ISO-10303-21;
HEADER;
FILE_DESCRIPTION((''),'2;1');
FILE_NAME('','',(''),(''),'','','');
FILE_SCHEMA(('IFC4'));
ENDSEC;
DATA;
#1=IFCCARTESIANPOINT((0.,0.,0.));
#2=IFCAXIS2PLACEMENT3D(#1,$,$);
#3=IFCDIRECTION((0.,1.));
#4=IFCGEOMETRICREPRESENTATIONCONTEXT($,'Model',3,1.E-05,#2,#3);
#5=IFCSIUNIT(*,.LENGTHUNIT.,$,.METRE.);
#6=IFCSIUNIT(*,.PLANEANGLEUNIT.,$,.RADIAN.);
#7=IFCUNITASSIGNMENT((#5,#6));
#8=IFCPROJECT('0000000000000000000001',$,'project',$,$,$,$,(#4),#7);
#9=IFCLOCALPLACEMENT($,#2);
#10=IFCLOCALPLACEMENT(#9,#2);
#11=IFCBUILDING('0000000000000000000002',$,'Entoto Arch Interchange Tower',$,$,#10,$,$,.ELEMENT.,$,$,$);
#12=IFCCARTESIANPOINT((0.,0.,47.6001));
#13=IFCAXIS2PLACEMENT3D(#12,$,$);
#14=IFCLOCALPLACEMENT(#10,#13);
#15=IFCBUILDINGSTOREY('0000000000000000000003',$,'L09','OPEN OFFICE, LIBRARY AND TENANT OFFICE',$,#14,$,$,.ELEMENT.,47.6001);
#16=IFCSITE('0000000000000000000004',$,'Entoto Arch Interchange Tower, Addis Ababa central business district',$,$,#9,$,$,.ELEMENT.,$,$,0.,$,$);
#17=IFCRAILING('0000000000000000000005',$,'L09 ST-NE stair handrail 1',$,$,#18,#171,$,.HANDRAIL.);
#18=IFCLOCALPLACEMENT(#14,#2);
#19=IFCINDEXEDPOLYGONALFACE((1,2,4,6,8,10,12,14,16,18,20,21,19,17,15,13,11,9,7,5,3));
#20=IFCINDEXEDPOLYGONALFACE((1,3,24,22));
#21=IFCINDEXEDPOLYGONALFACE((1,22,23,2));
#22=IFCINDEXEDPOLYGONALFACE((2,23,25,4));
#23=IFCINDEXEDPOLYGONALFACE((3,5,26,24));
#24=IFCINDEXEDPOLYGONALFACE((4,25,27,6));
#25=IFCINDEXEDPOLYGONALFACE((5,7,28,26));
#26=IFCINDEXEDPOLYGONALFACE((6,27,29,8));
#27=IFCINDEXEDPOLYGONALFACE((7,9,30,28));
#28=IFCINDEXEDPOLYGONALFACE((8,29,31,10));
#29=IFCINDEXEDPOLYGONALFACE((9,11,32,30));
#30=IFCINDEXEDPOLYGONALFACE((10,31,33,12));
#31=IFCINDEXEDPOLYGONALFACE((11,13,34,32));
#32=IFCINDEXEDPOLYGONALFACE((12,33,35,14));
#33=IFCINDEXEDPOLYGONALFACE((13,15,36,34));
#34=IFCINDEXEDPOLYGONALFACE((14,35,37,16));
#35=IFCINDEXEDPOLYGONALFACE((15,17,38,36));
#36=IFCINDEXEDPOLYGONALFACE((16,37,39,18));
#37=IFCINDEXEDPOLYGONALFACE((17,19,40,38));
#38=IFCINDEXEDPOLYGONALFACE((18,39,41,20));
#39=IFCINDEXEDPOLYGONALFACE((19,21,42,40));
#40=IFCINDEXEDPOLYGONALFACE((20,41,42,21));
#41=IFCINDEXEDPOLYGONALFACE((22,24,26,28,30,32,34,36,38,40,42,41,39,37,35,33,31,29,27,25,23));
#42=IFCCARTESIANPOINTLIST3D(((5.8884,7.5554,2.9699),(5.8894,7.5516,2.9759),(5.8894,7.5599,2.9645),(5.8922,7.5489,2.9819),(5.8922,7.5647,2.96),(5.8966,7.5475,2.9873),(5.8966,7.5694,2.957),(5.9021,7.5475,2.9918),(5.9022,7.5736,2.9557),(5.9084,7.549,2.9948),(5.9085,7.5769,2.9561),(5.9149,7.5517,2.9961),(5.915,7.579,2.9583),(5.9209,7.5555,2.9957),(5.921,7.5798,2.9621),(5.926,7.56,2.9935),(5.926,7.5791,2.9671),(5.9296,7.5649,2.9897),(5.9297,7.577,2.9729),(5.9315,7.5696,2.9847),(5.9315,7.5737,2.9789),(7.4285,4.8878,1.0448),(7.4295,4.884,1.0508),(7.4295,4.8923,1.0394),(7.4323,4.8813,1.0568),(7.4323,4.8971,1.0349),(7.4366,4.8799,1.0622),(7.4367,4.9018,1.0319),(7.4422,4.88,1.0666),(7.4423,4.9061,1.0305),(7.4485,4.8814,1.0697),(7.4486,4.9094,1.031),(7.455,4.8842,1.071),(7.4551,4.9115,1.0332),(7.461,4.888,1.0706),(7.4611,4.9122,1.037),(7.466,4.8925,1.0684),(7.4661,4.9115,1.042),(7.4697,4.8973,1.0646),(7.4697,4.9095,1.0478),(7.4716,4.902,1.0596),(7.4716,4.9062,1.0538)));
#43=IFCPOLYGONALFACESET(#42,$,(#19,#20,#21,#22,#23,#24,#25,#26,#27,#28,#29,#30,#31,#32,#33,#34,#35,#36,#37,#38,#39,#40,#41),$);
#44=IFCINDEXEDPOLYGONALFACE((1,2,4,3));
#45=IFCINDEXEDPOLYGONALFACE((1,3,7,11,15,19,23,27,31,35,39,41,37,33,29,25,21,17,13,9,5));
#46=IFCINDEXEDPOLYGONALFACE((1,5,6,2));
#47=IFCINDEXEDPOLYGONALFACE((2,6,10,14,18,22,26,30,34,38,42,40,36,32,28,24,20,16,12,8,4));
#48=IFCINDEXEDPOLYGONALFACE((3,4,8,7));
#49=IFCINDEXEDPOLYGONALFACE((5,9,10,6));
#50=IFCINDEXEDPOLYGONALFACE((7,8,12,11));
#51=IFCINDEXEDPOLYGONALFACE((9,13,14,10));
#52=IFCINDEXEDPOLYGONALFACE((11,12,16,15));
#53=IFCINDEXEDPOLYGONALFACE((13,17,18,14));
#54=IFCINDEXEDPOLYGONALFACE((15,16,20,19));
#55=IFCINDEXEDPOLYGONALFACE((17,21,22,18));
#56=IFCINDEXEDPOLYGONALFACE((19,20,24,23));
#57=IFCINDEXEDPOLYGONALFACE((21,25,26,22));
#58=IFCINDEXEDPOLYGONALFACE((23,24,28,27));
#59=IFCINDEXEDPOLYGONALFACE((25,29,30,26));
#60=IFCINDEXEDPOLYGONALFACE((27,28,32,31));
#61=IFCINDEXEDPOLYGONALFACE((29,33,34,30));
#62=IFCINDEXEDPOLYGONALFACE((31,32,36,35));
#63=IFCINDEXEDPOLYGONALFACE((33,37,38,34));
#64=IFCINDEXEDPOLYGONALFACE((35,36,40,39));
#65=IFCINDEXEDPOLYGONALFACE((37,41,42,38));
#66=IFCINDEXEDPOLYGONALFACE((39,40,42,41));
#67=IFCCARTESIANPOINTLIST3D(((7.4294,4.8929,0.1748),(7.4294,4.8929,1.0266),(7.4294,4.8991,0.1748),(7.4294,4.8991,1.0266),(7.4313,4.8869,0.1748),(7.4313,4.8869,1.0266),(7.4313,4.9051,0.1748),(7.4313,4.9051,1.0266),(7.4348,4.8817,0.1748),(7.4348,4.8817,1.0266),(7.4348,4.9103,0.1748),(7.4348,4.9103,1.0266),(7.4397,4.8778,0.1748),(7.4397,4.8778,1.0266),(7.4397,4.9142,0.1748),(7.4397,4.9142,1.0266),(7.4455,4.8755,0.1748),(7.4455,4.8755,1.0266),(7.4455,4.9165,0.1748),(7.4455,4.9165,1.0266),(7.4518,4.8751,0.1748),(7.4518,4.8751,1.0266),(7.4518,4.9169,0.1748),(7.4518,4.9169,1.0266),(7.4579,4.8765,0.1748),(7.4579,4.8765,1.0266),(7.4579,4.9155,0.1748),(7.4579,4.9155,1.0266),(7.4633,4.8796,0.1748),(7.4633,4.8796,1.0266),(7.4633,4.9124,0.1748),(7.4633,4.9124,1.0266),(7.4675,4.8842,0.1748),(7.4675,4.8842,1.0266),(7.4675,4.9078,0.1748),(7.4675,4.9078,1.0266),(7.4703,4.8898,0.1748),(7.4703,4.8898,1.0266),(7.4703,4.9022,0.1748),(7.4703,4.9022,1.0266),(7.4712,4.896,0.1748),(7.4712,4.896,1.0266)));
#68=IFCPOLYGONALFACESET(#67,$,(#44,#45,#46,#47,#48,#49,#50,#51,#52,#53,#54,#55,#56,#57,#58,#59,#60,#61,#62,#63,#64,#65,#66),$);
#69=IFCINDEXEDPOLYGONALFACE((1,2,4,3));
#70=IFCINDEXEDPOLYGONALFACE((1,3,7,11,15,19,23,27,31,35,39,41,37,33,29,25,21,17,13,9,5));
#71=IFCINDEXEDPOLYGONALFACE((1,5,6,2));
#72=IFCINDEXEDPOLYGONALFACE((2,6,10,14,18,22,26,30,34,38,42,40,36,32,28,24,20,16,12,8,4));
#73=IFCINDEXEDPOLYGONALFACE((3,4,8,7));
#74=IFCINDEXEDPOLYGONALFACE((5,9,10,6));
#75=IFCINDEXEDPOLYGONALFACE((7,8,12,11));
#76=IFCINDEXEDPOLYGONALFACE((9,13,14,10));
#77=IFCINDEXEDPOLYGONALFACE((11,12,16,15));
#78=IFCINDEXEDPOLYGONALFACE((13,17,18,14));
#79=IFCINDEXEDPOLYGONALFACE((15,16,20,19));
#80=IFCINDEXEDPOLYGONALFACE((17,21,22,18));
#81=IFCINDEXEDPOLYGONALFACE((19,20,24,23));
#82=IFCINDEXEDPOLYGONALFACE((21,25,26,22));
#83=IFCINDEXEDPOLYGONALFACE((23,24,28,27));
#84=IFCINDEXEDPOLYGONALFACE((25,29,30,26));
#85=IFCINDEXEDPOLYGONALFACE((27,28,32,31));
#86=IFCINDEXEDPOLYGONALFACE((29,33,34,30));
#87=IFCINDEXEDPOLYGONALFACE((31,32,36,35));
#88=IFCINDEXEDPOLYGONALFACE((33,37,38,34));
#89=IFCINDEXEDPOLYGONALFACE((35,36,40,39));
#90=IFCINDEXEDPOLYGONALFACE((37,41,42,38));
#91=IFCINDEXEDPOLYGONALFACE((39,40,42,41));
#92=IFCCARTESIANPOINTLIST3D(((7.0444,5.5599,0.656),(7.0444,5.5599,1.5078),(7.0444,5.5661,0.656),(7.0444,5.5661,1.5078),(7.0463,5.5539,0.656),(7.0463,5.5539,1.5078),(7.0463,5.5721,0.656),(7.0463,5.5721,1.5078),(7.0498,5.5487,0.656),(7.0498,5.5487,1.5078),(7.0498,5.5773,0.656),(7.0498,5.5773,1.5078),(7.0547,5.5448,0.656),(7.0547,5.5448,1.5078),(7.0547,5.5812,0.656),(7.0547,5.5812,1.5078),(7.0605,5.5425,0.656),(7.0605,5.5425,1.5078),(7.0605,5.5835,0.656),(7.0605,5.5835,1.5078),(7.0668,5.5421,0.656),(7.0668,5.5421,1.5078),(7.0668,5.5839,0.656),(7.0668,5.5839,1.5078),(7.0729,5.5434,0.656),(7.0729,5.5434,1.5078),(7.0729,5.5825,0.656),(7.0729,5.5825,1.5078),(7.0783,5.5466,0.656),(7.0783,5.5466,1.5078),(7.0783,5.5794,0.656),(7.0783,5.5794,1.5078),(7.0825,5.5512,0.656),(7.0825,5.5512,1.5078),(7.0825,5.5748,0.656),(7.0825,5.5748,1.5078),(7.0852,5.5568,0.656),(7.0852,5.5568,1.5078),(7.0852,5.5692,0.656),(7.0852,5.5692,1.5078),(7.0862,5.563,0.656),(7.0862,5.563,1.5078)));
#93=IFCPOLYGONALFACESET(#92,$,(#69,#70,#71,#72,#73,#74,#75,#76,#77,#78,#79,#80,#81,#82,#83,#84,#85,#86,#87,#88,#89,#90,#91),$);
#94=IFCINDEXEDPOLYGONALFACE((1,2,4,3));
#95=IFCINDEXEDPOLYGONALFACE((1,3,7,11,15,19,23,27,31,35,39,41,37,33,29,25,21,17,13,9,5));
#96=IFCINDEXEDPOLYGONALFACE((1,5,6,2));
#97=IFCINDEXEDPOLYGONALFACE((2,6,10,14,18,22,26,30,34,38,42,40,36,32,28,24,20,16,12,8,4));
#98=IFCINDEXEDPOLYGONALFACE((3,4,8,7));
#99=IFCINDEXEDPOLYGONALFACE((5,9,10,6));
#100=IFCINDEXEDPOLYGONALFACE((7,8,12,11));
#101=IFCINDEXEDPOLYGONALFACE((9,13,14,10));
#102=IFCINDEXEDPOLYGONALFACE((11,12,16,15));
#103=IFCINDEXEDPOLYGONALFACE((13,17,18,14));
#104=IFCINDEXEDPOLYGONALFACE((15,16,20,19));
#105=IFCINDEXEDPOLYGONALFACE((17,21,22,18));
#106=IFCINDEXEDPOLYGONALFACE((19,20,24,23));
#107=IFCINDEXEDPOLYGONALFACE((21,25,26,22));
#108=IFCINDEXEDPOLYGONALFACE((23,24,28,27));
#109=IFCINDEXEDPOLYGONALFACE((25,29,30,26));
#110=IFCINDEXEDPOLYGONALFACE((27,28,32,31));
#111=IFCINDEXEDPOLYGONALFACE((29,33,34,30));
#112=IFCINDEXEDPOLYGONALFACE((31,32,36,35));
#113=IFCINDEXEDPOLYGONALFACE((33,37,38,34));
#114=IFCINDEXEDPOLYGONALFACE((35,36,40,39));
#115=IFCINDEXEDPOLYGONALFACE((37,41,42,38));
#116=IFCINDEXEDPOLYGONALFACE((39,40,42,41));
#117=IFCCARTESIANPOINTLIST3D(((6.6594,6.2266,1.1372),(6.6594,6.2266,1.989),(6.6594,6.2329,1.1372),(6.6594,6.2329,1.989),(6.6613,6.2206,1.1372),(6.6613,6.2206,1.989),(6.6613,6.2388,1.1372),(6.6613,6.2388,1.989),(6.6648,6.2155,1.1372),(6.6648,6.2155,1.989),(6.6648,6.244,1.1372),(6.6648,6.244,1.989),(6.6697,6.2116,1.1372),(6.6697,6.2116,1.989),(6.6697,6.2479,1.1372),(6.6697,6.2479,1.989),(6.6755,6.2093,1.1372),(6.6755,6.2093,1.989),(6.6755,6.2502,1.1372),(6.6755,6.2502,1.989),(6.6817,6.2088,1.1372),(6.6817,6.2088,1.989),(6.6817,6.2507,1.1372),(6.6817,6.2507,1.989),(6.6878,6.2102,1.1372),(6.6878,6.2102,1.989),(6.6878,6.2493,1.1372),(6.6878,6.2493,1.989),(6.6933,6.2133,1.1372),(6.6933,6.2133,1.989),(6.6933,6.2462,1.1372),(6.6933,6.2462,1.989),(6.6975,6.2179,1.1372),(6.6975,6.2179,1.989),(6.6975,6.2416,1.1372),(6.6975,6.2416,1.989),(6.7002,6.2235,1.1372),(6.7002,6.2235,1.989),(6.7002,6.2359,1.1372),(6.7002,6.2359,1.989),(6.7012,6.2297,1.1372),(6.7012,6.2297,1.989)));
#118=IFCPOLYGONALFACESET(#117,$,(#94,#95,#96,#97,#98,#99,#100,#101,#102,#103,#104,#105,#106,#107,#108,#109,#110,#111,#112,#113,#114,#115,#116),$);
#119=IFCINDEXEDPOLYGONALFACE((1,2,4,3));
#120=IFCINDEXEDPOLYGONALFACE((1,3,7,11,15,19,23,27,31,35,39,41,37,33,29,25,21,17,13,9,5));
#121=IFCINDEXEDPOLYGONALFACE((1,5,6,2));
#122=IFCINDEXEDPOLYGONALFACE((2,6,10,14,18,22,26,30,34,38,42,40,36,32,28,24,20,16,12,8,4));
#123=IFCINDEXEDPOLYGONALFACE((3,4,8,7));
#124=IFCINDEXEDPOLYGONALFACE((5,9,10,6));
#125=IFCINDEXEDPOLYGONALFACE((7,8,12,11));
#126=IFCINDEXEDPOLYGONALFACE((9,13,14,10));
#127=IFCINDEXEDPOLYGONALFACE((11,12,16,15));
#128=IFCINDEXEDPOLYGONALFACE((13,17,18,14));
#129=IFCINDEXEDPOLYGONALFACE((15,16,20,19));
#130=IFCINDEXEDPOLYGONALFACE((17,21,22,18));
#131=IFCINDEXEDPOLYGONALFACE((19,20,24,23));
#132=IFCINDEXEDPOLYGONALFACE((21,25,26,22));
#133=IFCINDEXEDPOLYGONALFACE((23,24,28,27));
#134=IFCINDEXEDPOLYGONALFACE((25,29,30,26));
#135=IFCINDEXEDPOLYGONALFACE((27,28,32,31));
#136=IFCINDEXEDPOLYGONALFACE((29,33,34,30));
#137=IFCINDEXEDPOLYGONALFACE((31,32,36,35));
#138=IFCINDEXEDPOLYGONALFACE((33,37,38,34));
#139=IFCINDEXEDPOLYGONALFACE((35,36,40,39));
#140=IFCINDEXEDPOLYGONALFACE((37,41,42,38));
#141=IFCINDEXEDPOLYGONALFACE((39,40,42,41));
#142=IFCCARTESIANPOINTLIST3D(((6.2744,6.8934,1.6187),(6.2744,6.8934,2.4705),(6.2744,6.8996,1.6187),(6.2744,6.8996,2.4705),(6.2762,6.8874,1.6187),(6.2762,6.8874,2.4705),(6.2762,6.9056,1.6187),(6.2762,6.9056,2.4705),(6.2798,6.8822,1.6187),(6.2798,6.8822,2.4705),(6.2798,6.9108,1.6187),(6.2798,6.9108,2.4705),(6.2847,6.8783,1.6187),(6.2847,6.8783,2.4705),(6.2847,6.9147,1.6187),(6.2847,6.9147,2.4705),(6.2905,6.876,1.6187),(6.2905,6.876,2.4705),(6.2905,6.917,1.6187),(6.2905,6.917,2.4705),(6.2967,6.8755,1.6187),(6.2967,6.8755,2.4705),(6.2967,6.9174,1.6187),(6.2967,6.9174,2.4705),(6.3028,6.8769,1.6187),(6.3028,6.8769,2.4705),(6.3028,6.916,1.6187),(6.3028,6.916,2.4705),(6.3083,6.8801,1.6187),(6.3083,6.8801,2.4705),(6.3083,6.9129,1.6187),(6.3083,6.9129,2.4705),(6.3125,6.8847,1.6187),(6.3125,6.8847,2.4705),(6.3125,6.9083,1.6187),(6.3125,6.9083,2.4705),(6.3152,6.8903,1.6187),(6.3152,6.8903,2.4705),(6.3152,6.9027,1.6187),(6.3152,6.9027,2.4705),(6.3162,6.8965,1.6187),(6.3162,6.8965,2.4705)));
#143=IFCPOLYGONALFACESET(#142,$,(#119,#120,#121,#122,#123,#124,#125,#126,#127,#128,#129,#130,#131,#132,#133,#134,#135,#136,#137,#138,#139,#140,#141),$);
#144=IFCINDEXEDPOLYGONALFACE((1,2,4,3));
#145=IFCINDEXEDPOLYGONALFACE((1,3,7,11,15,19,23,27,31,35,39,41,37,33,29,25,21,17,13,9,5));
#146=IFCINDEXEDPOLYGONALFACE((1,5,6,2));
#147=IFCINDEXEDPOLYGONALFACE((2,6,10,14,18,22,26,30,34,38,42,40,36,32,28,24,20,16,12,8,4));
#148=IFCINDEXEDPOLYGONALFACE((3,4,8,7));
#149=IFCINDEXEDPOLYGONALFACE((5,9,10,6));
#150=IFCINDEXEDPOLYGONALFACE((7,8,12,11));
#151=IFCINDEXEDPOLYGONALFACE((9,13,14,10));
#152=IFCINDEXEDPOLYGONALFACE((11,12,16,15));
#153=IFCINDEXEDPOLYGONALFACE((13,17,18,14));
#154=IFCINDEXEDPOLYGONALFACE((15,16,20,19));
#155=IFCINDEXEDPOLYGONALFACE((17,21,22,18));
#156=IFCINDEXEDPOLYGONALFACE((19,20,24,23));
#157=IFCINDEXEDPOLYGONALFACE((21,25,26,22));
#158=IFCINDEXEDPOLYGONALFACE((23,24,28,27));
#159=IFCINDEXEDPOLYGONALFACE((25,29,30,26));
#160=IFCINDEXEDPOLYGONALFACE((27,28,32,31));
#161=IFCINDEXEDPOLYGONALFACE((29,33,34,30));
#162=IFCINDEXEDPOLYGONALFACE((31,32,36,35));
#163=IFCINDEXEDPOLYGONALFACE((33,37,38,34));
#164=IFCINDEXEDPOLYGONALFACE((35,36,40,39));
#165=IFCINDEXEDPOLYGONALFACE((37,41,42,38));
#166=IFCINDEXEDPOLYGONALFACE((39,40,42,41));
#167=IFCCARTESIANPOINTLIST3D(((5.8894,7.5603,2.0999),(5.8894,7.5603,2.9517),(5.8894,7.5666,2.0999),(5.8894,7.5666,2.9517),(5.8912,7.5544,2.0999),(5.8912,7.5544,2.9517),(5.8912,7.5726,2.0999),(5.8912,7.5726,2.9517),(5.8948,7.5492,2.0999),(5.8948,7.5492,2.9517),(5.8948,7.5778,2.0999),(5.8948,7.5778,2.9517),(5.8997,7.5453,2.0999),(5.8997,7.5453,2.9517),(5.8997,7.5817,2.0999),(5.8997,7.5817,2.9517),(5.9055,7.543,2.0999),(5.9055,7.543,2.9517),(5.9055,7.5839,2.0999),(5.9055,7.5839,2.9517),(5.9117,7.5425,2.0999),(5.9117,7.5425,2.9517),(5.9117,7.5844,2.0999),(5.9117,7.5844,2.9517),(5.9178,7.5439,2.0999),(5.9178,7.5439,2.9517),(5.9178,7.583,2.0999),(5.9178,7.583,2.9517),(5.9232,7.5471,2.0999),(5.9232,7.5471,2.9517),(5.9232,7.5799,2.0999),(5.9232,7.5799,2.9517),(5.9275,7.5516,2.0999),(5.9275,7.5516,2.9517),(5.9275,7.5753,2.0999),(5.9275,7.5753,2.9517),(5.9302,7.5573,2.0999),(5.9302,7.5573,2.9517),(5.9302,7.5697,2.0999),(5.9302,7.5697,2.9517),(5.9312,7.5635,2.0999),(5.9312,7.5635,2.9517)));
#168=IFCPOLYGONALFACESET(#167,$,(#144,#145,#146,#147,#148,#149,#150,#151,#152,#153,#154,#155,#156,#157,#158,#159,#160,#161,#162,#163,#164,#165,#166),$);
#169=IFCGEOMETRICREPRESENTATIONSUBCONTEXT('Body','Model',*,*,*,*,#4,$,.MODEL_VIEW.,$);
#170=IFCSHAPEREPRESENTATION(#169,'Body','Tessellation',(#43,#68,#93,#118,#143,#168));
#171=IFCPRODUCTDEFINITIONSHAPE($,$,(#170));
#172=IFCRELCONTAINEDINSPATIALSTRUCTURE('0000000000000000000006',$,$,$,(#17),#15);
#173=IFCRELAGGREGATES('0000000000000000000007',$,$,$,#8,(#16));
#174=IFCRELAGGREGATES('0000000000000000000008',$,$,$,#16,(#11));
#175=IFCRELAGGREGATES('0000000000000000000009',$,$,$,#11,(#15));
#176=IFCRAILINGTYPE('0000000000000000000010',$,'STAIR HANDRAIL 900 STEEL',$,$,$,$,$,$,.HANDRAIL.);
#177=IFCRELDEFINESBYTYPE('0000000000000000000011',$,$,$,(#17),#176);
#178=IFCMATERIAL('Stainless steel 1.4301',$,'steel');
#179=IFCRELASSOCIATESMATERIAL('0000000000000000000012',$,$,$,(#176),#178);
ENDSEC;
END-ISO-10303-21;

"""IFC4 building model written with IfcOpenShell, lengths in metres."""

from ifc_helpers import new_model, si_unit, direction, frame, origin, origin_2d, place, context, subcontext, project, spatial, circle, extrude, material, type_object, element, save


model = new_model("IFC4")

# Units and contexts
model_context = context("Model", 3, precision=1e-05, world=origin(), true_north=direction((0.0, 1.0)))
body_context = subcontext(model_context, "Body", "Model", "MODEL_VIEW")
ifc_project = project(units=[si_unit("LENGTHUNIT", "METRE"), si_unit("PLANEANGLEUNIT", "RADIAN")], contexts=[model_context])

# Site, building, storey
site_placement = place(None, origin())
site = spatial("IfcSite", under=ifc_project, at=site_placement, Name="Entoto Arch Interchange Tower, Addis Ababa central business district", CompositionType="ELEMENT", RefElevation=0.0)
building_placement = place(site_placement, origin())
building = spatial("IfcBuilding", under=site, at=building_placement, Name="Entoto Arch Interchange Tower", CompositionType="ELEMENT")
storey_placement = place(building_placement, frame((0.0, 0.0, 47.6001)))
storey = spatial("IfcBuildingStorey", under=building, at=storey_placement, Name="L09", Description="OPEN OFFICE, LIBRARY AND TENANT OFFICE", CompositionType="ELEMENT", Elevation=47.6001)

# Railing
ifc_material_1 = material(Name="Stainless steel 1.4301", Category="steel")
railing_type_1 = type_object("IfcRailingType", Name="STAIR HANDRAIL 900 STEEL", PredefinedType="HANDRAIL", material=ifc_material_1)
railing_1_placement = place(storey_placement, frame((7.4502, 4.896, 0.1748)))
element("IfcRailing", 1, at=railing_1_placement, inside=storey, type_object=railing_type_1, Name="L09 ST-NE stair handrail 1", PredefinedType="HANDRAIL", context=body_context, shape_type="SweptSolid", body=[
    extrude(circle(Radius=0.0239, at=origin_2d()), frame((0.0, 0.0, 0.876), z_axis=(-0.423994, 0.734395, 0.529993), x_axis=(-0.86603, -0.499992, 0.0)), (0.0, 0.0, 1.0), 3.6323),
    extrude(circle(Radius=0.021, at=origin_2d()), origin(), (0.0, 0.0, 1.0), 0.8518),
    extrude(circle(Radius=0.021, at=origin_2d()), frame((-0.385, 0.667, 0.4812)), (0.0, 0.0, 1.0), 0.8518),
    extrude(circle(Radius=0.021, at=origin_2d()), frame((-0.77, 1.3337, 0.9624)), (0.0, 0.0, 1.0), 0.8518),
    extrude(circle(Radius=0.021, at=origin_2d()), frame((-1.155, 2.0005, 1.4438)), (0.0, 0.0, 1.0), 0.8518),
    extrude(circle(Radius=0.021, at=origin_2d()), frame((-1.54, 2.6675, 1.925)), (0.0, 0.0, 1.0), 0.8518),
])

save(model, "model.ifc")
